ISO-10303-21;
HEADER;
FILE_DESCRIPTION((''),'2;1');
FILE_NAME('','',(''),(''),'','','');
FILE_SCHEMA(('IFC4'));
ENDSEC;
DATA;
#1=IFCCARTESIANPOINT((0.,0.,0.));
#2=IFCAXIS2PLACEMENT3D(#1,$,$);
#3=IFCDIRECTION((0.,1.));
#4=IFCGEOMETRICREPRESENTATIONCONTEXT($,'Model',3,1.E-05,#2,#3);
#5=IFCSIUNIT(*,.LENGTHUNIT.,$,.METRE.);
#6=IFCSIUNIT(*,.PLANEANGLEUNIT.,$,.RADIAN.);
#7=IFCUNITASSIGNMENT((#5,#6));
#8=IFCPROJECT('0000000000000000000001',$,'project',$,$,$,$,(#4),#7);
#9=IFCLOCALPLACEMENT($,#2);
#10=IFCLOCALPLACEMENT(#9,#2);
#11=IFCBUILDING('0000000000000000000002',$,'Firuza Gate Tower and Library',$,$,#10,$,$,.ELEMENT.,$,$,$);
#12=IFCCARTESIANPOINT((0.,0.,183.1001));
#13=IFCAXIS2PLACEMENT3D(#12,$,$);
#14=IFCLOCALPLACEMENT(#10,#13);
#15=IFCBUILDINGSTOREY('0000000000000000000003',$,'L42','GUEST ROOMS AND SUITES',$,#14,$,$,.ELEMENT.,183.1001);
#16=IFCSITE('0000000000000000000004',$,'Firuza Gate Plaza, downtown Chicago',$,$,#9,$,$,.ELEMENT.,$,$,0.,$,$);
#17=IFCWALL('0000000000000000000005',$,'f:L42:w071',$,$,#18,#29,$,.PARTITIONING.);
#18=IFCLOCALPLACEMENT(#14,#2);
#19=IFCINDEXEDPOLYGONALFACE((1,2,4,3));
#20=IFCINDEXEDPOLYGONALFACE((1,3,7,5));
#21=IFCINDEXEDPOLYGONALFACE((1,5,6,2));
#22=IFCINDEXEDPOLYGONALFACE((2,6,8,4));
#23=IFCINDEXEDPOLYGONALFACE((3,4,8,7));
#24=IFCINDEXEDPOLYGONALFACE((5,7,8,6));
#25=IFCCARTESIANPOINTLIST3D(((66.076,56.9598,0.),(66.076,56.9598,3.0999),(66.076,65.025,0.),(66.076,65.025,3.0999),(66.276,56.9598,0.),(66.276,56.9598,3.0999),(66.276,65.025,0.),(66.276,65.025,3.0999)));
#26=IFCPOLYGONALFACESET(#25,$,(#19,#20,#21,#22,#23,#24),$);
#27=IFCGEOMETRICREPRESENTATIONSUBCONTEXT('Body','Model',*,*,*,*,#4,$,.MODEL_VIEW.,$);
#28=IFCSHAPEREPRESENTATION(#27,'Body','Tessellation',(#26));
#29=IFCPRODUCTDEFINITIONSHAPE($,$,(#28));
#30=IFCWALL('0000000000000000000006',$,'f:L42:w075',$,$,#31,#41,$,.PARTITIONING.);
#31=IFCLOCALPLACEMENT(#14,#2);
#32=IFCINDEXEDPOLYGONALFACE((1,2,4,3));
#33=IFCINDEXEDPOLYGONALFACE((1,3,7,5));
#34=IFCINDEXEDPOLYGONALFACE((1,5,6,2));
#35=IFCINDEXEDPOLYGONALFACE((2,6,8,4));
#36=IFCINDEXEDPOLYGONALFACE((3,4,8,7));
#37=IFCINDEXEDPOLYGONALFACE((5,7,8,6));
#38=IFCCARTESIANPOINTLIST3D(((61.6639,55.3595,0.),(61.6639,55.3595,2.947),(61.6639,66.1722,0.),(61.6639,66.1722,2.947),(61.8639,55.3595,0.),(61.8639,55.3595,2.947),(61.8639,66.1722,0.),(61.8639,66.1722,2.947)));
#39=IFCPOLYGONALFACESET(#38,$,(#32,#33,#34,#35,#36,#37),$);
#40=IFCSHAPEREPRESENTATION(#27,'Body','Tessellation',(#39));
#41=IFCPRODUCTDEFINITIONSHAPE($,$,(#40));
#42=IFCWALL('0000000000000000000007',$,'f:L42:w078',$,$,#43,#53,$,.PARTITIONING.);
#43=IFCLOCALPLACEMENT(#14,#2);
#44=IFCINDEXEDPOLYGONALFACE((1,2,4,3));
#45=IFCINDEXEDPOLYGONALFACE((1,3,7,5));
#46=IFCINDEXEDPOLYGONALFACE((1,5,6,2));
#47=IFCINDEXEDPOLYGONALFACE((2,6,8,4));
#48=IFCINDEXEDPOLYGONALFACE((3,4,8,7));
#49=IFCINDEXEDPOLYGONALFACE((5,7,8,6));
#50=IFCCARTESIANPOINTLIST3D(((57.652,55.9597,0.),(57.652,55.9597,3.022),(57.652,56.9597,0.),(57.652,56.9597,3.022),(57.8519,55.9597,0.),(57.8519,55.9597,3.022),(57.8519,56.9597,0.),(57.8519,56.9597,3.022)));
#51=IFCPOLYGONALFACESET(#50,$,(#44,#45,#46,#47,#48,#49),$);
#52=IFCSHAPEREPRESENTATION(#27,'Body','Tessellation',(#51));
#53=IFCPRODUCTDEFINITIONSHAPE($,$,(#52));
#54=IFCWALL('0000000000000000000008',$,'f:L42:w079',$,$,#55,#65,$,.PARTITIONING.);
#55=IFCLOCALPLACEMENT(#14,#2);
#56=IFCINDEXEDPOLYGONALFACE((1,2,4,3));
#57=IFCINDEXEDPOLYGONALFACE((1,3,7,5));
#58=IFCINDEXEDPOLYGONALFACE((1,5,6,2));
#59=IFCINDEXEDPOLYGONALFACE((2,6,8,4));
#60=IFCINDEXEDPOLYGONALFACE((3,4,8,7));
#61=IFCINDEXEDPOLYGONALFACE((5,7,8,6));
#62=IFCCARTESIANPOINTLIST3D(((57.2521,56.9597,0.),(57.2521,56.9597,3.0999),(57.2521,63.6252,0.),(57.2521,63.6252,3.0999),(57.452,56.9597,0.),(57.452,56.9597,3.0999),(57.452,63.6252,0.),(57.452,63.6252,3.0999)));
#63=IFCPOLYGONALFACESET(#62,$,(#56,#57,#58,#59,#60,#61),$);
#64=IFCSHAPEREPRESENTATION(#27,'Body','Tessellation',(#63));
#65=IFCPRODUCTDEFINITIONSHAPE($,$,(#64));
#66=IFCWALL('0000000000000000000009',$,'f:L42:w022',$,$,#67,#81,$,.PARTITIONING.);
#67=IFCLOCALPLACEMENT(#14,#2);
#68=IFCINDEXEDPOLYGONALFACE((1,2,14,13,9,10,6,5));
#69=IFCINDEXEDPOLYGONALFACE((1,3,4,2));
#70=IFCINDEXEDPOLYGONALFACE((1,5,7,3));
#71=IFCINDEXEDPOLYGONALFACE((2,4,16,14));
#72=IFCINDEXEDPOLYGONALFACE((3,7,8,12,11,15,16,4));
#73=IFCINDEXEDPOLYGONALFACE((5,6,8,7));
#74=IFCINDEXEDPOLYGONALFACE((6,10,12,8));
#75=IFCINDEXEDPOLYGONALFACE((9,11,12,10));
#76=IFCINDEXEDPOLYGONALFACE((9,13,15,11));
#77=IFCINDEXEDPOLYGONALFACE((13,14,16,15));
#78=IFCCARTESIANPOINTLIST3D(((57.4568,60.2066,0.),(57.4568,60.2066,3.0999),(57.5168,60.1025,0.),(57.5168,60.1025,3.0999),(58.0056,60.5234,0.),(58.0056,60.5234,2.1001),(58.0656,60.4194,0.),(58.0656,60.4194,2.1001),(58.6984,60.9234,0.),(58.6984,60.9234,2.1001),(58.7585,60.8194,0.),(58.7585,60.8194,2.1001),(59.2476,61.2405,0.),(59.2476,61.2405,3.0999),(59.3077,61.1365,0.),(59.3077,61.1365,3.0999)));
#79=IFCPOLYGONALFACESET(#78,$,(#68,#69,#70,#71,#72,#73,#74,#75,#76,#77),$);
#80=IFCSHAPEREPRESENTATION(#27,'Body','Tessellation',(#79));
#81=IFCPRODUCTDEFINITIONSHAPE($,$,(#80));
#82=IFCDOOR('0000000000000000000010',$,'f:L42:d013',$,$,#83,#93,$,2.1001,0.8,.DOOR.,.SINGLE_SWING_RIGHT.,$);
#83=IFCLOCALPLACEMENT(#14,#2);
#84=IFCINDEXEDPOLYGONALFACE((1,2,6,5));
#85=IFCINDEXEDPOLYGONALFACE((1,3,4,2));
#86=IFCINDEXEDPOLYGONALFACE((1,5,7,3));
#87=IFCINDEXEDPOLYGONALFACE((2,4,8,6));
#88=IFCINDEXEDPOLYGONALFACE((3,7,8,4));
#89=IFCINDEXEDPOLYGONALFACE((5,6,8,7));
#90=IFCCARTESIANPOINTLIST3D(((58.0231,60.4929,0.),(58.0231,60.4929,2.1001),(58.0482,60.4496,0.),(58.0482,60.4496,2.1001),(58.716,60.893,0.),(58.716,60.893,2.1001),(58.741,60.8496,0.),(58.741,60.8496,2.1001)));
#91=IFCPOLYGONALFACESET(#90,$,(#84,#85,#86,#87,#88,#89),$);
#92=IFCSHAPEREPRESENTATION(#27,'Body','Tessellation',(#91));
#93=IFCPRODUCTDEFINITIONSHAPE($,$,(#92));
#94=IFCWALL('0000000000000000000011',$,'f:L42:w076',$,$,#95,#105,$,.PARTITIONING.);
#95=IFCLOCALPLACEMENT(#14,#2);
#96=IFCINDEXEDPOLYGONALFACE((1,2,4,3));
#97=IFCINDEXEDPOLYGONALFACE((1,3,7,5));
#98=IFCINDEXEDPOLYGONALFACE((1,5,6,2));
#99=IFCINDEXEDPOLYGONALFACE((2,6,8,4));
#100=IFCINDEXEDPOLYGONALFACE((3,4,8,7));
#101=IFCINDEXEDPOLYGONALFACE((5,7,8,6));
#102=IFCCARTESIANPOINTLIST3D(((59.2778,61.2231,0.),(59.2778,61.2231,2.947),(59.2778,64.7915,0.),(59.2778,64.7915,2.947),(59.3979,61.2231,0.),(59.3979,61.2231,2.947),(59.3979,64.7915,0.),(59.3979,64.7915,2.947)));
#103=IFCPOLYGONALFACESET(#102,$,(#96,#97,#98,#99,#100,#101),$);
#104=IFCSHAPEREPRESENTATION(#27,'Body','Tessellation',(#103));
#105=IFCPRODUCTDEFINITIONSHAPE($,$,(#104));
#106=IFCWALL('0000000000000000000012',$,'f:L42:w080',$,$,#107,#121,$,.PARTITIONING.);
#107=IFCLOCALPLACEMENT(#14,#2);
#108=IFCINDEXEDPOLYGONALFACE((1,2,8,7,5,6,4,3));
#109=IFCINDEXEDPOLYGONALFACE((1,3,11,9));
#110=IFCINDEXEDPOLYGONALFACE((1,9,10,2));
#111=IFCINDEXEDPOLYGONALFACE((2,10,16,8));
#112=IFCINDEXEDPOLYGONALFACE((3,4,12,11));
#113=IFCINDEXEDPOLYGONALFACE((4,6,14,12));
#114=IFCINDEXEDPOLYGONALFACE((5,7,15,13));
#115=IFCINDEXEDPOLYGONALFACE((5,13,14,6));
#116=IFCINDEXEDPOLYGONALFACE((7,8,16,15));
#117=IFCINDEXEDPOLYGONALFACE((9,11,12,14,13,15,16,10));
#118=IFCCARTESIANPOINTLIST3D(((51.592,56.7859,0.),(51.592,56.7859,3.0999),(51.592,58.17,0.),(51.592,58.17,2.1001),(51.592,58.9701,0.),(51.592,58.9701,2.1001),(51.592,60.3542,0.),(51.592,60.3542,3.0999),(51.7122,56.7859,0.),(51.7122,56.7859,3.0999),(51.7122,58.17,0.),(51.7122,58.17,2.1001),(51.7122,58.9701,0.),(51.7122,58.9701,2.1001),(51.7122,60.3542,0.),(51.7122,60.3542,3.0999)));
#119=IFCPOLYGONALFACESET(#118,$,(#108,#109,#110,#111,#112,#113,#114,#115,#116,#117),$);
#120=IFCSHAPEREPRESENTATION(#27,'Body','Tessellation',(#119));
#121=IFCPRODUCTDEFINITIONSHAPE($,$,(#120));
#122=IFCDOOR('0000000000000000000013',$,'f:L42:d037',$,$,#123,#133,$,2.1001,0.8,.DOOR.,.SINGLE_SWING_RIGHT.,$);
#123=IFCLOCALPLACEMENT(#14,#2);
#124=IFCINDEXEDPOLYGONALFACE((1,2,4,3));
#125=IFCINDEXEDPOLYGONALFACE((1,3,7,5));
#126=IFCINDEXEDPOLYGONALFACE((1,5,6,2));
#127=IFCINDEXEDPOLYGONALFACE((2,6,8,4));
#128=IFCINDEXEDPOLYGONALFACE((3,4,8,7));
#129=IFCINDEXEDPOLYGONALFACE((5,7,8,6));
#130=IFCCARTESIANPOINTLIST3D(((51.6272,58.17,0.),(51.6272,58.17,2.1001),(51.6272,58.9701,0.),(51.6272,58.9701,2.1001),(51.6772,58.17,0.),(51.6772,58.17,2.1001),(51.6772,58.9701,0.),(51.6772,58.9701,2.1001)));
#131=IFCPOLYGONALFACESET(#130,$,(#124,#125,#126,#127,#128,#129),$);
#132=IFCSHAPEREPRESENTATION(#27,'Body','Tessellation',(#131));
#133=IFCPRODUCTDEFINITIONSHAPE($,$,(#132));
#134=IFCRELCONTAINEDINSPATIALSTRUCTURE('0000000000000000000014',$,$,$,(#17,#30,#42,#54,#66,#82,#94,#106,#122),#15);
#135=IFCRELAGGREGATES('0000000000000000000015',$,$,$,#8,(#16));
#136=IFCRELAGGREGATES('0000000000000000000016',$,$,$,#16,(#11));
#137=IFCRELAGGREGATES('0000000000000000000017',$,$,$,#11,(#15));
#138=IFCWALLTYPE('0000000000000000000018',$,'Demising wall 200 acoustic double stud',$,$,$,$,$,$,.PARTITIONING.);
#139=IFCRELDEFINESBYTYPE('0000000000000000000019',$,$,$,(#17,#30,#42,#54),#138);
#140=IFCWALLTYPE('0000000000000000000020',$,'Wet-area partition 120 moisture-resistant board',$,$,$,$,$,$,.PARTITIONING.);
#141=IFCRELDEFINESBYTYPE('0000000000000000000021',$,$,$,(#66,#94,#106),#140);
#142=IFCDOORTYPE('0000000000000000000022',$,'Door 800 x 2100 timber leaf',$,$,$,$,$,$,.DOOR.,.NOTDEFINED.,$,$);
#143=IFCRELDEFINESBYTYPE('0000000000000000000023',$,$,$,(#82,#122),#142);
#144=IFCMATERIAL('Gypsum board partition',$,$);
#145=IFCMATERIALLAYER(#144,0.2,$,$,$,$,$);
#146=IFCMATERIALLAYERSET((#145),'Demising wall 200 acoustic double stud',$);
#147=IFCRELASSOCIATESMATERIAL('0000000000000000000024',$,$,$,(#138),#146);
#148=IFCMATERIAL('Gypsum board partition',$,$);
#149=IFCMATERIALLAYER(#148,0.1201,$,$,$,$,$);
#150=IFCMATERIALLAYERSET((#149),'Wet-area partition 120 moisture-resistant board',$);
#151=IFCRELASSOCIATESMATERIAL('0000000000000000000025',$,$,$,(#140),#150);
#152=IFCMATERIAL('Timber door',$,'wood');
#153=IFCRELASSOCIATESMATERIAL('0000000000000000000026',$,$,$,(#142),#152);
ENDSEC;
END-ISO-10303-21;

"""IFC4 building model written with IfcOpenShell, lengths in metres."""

from ifc_helpers import new_model, si_unit, direction, frame, frame_2d, origin, place, context, subcontext, project, spatial, rectangle, extrude, material, layer, layer_set, type_object, element, fill, save


model = new_model("IFC4")

# Units and contexts
model_context = context("Model", 3, precision=1e-05, world=origin(), true_north=direction((0.0, 1.0)))
body_context = subcontext(model_context, "Body", "Model", "MODEL_VIEW")
ifc_project = project(units=[si_unit("LENGTHUNIT", "METRE"), si_unit("PLANEANGLEUNIT", "RADIAN")], contexts=[model_context])

# Site, building, storey
site_placement = place(None, origin())
site = spatial("IfcSite", under=ifc_project, at=site_placement, Name="Firuza Gate Plaza, downtown Chicago", CompositionType="ELEMENT", RefElevation=0.0)
building_placement = place(site_placement, origin())
building = spatial("IfcBuilding", under=site, at=building_placement, Name="Firuza Gate Tower and Library", CompositionType="ELEMENT")
storey_placement = place(building_placement, frame((0.0, 0.0, 183.1001)))
storey = spatial("IfcBuildingStorey", under=building, at=storey_placement, Name="L42", Description="GUEST ROOMS AND SUITES", CompositionType="ELEMENT", Elevation=183.1001)

# Walls
ifc_material_1 = material(Name="Gypsum board partition")
ifc_layer_1 = layer(ifc_material_1, 0.2)
ifc_layer_set_1 = layer_set([ifc_layer_1], Name="Demising wall 200 acoustic double stud")
wall_type_1 = type_object("IfcWallType", Name="Demising wall 200 acoustic double stud", PredefinedType="PARTITIONING", material=ifc_layer_set_1)
wall_1_placement = place(storey_placement, frame((66.176, 56.9597, 0.0), z_axis=(0.0, 0.0, 1.0), x_axis=(0.0, 1.0, 0.0)))
element("IfcWall", 1, at=wall_1_placement, inside=storey, type_object=wall_type_1, Name="f:L42:w071", PredefinedType="PARTITIONING", context=body_context, shape_type="SweptSolid", body=[
    extrude(rectangle(XDim=8.0652, YDim=0.2, at=frame_2d((4.0327, 0.0))), origin(), (0.0, 0.0, 1.0), 3.0999),
])
wall_2_placement = place(storey_placement, frame((61.7639, 55.3596, 0.0), z_axis=(0.0, 0.0, 1.0), x_axis=(0.0, 1.0, 0.0)))
element("IfcWall", 2, at=wall_2_placement, inside=storey, type_object=wall_type_1, Name="f:L42:w075", PredefinedType="PARTITIONING", context=body_context, shape_type="SweptSolid", body=[
    extrude(rectangle(XDim=10.8127, YDim=0.2, at=frame_2d((5.4062, 0.0))), origin(), (0.0, 0.0, 1.0), 2.947),
])
wall_3_placement = place(storey_placement, frame((57.752, 55.9597, 0.0), z_axis=(0.0, 0.0, 1.0), x_axis=(0.0, 1.0, 0.0)))
element("IfcWall", 3, at=wall_3_placement, inside=storey, type_object=wall_type_1, Name="f:L42:w078", PredefinedType="PARTITIONING", context=body_context, shape_type="SweptSolid", body=[
    extrude(rectangle(XDim=1.0, YDim=0.2, at=frame_2d((0.5, 0.0))), origin(), (0.0, 0.0, 1.0), 3.022),
])
wall_4_placement = place(storey_placement, frame((57.3521, 56.9597, 0.0), z_axis=(0.0, 0.0, 1.0), x_axis=(0.0, 1.0, 0.0)))
element("IfcWall", 4, at=wall_4_placement, inside=storey, type_object=wall_type_1, Name="f:L42:w079", PredefinedType="PARTITIONING", context=body_context, shape_type="SweptSolid", body=[
    extrude(rectangle(XDim=6.6655, YDim=0.2, at=frame_2d((3.3328, 0.0))), origin(), (0.0, 0.0, 1.0), 3.0999),
])

# Wall, opening, door
ifc_material_2 = material(Name="Gypsum board partition")
ifc_layer_2 = layer(ifc_material_2, 0.1201)
ifc_layer_set_2 = layer_set([ifc_layer_2], Name="Wet-area partition 120 moisture-resistant board")
wall_type_2 = type_object("IfcWallType", Name="Wet-area partition 120 moisture-resistant board", PredefinedType="PARTITIONING", material=ifc_layer_set_2)
wall_5_placement = place(storey_placement, frame((57.4868, 60.1545, 0.0), z_axis=(0.0, 0.0, 1.0), x_axis=(0.866018, 0.500012, 0.0)))
wall_5 = element("IfcWall", 5, at=wall_5_placement, inside=storey, type_object=wall_type_2, Name="f:L42:w022", PredefinedType="PARTITIONING", context=body_context, shape_type="SweptSolid", body=[
    extrude(rectangle(XDim=2.0679, YDim=0.1201, at=frame_2d((1.0339, 0.0))), origin(), (0.0, 0.0, 1.0), 3.0999),
])
opening_1_placement = place(wall_5_placement, frame((0.6338, 0.0, 0.0)))
opening_1 = element("IfcOpeningElement", 6, at=opening_1_placement, cuts=wall_5, PredefinedType="OPENING", context=body_context, shape_type="SweptSolid", body=[
    extrude(rectangle(XDim=0.8, YDim=2.1001, at=frame_2d((0.3999, 1.05))), frame((0.0, 0.0701, 0.0), z_axis=(0.0, -1.0, 0.0), x_axis=(1.0, 0.0, 0.0)), (0.0, 0.0, 1.0), 0.1401),
])
ifc_material_3 = material(Name="Timber door", Category="wood")
door_type = type_object("IfcDoorType", Name="Door 800 x 2100 timber leaf", OperationType="NOTDEFINED", PredefinedType="DOOR", material=ifc_material_3)
door_1_placement = place(opening_1_placement, origin())
door_1 = element("IfcDoor", 7, at=door_1_placement, inside=storey, type_object=door_type, Name="f:L42:d013", OperationType="SINGLE_SWING_RIGHT", OverallHeight=2.1001, OverallWidth=0.8, PredefinedType="DOOR", context=body_context, shape_type="SweptSolid", body=[
    extrude(rectangle(XDim=0.8, YDim=2.1001, at=frame_2d((0.3999, 1.05))), frame((0.0, 0.0249, 0.0), z_axis=(0.0, -1.0, 0.0), x_axis=(1.0, 0.0, 0.0)), (0.0, 0.0, 1.0), 0.05),
])
fill(opening_1, door_1)

# Wall
wall_6_placement = place(storey_placement, frame((59.3379, 61.2231, 0.0), z_axis=(0.0, 0.0, 1.0), x_axis=(0.0, 1.0, 0.0)))
element("IfcWall", 8, at=wall_6_placement, inside=storey, type_object=wall_type_2, Name="f:L42:w076", PredefinedType="PARTITIONING", context=body_context, shape_type="SweptSolid", body=[
    extrude(rectangle(XDim=3.5684, YDim=0.1201, at=frame_2d((1.7842, 0.0))), origin(), (0.0, 0.0, 1.0), 2.947),
])

# Wall, opening, door
wall_7_placement = place(storey_placement, frame((51.6521, 56.7859, 0.0), z_axis=(0.0, 0.0, 1.0), x_axis=(0.0, 1.0, 0.0)))
wall_7 = element("IfcWall", 9, at=wall_7_placement, inside=storey, type_object=wall_type_2, Name="f:L42:w080", PredefinedType="PARTITIONING", context=body_context, shape_type="SweptSolid", body=[
    extrude(rectangle(XDim=3.5684, YDim=0.1201, at=frame_2d((1.7842, 0.0))), origin(), (0.0, 0.0, 1.0), 3.0999),
])
opening_2_placement = place(wall_7_placement, frame((1.3843, 0.0, 0.0)))
opening_2 = element("IfcOpeningElement", 10, at=opening_2_placement, cuts=wall_7, PredefinedType="OPENING", context=body_context, shape_type="SweptSolid", body=[
    extrude(rectangle(XDim=0.8, YDim=2.1001, at=frame_2d((0.3999, 1.05))), frame((0.0, 0.0701, 0.0), z_axis=(0.0, -1.0, 0.0), x_axis=(1.0, 0.0, 0.0)), (0.0, 0.0, 1.0), 0.1401),
])
door_2_placement = place(opening_2_placement, origin())
door_2 = element("IfcDoor", 11, at=door_2_placement, inside=storey, type_object=door_type, Name="f:L42:d037", OperationType="SINGLE_SWING_RIGHT", OverallHeight=2.1001, OverallWidth=0.8, PredefinedType="DOOR", context=body_context, shape_type="SweptSolid", body=[
    extrude(rectangle(XDim=0.8, YDim=2.1001, at=frame_2d((0.3999, 1.05))), frame((0.0, 0.0249, 0.0), z_axis=(0.0, -1.0, 0.0), x_axis=(1.0, 0.0, 0.0)), (0.0, 0.0, 1.0), 0.05),
])
fill(opening_2, door_2)

save(model, "model.ifc")
